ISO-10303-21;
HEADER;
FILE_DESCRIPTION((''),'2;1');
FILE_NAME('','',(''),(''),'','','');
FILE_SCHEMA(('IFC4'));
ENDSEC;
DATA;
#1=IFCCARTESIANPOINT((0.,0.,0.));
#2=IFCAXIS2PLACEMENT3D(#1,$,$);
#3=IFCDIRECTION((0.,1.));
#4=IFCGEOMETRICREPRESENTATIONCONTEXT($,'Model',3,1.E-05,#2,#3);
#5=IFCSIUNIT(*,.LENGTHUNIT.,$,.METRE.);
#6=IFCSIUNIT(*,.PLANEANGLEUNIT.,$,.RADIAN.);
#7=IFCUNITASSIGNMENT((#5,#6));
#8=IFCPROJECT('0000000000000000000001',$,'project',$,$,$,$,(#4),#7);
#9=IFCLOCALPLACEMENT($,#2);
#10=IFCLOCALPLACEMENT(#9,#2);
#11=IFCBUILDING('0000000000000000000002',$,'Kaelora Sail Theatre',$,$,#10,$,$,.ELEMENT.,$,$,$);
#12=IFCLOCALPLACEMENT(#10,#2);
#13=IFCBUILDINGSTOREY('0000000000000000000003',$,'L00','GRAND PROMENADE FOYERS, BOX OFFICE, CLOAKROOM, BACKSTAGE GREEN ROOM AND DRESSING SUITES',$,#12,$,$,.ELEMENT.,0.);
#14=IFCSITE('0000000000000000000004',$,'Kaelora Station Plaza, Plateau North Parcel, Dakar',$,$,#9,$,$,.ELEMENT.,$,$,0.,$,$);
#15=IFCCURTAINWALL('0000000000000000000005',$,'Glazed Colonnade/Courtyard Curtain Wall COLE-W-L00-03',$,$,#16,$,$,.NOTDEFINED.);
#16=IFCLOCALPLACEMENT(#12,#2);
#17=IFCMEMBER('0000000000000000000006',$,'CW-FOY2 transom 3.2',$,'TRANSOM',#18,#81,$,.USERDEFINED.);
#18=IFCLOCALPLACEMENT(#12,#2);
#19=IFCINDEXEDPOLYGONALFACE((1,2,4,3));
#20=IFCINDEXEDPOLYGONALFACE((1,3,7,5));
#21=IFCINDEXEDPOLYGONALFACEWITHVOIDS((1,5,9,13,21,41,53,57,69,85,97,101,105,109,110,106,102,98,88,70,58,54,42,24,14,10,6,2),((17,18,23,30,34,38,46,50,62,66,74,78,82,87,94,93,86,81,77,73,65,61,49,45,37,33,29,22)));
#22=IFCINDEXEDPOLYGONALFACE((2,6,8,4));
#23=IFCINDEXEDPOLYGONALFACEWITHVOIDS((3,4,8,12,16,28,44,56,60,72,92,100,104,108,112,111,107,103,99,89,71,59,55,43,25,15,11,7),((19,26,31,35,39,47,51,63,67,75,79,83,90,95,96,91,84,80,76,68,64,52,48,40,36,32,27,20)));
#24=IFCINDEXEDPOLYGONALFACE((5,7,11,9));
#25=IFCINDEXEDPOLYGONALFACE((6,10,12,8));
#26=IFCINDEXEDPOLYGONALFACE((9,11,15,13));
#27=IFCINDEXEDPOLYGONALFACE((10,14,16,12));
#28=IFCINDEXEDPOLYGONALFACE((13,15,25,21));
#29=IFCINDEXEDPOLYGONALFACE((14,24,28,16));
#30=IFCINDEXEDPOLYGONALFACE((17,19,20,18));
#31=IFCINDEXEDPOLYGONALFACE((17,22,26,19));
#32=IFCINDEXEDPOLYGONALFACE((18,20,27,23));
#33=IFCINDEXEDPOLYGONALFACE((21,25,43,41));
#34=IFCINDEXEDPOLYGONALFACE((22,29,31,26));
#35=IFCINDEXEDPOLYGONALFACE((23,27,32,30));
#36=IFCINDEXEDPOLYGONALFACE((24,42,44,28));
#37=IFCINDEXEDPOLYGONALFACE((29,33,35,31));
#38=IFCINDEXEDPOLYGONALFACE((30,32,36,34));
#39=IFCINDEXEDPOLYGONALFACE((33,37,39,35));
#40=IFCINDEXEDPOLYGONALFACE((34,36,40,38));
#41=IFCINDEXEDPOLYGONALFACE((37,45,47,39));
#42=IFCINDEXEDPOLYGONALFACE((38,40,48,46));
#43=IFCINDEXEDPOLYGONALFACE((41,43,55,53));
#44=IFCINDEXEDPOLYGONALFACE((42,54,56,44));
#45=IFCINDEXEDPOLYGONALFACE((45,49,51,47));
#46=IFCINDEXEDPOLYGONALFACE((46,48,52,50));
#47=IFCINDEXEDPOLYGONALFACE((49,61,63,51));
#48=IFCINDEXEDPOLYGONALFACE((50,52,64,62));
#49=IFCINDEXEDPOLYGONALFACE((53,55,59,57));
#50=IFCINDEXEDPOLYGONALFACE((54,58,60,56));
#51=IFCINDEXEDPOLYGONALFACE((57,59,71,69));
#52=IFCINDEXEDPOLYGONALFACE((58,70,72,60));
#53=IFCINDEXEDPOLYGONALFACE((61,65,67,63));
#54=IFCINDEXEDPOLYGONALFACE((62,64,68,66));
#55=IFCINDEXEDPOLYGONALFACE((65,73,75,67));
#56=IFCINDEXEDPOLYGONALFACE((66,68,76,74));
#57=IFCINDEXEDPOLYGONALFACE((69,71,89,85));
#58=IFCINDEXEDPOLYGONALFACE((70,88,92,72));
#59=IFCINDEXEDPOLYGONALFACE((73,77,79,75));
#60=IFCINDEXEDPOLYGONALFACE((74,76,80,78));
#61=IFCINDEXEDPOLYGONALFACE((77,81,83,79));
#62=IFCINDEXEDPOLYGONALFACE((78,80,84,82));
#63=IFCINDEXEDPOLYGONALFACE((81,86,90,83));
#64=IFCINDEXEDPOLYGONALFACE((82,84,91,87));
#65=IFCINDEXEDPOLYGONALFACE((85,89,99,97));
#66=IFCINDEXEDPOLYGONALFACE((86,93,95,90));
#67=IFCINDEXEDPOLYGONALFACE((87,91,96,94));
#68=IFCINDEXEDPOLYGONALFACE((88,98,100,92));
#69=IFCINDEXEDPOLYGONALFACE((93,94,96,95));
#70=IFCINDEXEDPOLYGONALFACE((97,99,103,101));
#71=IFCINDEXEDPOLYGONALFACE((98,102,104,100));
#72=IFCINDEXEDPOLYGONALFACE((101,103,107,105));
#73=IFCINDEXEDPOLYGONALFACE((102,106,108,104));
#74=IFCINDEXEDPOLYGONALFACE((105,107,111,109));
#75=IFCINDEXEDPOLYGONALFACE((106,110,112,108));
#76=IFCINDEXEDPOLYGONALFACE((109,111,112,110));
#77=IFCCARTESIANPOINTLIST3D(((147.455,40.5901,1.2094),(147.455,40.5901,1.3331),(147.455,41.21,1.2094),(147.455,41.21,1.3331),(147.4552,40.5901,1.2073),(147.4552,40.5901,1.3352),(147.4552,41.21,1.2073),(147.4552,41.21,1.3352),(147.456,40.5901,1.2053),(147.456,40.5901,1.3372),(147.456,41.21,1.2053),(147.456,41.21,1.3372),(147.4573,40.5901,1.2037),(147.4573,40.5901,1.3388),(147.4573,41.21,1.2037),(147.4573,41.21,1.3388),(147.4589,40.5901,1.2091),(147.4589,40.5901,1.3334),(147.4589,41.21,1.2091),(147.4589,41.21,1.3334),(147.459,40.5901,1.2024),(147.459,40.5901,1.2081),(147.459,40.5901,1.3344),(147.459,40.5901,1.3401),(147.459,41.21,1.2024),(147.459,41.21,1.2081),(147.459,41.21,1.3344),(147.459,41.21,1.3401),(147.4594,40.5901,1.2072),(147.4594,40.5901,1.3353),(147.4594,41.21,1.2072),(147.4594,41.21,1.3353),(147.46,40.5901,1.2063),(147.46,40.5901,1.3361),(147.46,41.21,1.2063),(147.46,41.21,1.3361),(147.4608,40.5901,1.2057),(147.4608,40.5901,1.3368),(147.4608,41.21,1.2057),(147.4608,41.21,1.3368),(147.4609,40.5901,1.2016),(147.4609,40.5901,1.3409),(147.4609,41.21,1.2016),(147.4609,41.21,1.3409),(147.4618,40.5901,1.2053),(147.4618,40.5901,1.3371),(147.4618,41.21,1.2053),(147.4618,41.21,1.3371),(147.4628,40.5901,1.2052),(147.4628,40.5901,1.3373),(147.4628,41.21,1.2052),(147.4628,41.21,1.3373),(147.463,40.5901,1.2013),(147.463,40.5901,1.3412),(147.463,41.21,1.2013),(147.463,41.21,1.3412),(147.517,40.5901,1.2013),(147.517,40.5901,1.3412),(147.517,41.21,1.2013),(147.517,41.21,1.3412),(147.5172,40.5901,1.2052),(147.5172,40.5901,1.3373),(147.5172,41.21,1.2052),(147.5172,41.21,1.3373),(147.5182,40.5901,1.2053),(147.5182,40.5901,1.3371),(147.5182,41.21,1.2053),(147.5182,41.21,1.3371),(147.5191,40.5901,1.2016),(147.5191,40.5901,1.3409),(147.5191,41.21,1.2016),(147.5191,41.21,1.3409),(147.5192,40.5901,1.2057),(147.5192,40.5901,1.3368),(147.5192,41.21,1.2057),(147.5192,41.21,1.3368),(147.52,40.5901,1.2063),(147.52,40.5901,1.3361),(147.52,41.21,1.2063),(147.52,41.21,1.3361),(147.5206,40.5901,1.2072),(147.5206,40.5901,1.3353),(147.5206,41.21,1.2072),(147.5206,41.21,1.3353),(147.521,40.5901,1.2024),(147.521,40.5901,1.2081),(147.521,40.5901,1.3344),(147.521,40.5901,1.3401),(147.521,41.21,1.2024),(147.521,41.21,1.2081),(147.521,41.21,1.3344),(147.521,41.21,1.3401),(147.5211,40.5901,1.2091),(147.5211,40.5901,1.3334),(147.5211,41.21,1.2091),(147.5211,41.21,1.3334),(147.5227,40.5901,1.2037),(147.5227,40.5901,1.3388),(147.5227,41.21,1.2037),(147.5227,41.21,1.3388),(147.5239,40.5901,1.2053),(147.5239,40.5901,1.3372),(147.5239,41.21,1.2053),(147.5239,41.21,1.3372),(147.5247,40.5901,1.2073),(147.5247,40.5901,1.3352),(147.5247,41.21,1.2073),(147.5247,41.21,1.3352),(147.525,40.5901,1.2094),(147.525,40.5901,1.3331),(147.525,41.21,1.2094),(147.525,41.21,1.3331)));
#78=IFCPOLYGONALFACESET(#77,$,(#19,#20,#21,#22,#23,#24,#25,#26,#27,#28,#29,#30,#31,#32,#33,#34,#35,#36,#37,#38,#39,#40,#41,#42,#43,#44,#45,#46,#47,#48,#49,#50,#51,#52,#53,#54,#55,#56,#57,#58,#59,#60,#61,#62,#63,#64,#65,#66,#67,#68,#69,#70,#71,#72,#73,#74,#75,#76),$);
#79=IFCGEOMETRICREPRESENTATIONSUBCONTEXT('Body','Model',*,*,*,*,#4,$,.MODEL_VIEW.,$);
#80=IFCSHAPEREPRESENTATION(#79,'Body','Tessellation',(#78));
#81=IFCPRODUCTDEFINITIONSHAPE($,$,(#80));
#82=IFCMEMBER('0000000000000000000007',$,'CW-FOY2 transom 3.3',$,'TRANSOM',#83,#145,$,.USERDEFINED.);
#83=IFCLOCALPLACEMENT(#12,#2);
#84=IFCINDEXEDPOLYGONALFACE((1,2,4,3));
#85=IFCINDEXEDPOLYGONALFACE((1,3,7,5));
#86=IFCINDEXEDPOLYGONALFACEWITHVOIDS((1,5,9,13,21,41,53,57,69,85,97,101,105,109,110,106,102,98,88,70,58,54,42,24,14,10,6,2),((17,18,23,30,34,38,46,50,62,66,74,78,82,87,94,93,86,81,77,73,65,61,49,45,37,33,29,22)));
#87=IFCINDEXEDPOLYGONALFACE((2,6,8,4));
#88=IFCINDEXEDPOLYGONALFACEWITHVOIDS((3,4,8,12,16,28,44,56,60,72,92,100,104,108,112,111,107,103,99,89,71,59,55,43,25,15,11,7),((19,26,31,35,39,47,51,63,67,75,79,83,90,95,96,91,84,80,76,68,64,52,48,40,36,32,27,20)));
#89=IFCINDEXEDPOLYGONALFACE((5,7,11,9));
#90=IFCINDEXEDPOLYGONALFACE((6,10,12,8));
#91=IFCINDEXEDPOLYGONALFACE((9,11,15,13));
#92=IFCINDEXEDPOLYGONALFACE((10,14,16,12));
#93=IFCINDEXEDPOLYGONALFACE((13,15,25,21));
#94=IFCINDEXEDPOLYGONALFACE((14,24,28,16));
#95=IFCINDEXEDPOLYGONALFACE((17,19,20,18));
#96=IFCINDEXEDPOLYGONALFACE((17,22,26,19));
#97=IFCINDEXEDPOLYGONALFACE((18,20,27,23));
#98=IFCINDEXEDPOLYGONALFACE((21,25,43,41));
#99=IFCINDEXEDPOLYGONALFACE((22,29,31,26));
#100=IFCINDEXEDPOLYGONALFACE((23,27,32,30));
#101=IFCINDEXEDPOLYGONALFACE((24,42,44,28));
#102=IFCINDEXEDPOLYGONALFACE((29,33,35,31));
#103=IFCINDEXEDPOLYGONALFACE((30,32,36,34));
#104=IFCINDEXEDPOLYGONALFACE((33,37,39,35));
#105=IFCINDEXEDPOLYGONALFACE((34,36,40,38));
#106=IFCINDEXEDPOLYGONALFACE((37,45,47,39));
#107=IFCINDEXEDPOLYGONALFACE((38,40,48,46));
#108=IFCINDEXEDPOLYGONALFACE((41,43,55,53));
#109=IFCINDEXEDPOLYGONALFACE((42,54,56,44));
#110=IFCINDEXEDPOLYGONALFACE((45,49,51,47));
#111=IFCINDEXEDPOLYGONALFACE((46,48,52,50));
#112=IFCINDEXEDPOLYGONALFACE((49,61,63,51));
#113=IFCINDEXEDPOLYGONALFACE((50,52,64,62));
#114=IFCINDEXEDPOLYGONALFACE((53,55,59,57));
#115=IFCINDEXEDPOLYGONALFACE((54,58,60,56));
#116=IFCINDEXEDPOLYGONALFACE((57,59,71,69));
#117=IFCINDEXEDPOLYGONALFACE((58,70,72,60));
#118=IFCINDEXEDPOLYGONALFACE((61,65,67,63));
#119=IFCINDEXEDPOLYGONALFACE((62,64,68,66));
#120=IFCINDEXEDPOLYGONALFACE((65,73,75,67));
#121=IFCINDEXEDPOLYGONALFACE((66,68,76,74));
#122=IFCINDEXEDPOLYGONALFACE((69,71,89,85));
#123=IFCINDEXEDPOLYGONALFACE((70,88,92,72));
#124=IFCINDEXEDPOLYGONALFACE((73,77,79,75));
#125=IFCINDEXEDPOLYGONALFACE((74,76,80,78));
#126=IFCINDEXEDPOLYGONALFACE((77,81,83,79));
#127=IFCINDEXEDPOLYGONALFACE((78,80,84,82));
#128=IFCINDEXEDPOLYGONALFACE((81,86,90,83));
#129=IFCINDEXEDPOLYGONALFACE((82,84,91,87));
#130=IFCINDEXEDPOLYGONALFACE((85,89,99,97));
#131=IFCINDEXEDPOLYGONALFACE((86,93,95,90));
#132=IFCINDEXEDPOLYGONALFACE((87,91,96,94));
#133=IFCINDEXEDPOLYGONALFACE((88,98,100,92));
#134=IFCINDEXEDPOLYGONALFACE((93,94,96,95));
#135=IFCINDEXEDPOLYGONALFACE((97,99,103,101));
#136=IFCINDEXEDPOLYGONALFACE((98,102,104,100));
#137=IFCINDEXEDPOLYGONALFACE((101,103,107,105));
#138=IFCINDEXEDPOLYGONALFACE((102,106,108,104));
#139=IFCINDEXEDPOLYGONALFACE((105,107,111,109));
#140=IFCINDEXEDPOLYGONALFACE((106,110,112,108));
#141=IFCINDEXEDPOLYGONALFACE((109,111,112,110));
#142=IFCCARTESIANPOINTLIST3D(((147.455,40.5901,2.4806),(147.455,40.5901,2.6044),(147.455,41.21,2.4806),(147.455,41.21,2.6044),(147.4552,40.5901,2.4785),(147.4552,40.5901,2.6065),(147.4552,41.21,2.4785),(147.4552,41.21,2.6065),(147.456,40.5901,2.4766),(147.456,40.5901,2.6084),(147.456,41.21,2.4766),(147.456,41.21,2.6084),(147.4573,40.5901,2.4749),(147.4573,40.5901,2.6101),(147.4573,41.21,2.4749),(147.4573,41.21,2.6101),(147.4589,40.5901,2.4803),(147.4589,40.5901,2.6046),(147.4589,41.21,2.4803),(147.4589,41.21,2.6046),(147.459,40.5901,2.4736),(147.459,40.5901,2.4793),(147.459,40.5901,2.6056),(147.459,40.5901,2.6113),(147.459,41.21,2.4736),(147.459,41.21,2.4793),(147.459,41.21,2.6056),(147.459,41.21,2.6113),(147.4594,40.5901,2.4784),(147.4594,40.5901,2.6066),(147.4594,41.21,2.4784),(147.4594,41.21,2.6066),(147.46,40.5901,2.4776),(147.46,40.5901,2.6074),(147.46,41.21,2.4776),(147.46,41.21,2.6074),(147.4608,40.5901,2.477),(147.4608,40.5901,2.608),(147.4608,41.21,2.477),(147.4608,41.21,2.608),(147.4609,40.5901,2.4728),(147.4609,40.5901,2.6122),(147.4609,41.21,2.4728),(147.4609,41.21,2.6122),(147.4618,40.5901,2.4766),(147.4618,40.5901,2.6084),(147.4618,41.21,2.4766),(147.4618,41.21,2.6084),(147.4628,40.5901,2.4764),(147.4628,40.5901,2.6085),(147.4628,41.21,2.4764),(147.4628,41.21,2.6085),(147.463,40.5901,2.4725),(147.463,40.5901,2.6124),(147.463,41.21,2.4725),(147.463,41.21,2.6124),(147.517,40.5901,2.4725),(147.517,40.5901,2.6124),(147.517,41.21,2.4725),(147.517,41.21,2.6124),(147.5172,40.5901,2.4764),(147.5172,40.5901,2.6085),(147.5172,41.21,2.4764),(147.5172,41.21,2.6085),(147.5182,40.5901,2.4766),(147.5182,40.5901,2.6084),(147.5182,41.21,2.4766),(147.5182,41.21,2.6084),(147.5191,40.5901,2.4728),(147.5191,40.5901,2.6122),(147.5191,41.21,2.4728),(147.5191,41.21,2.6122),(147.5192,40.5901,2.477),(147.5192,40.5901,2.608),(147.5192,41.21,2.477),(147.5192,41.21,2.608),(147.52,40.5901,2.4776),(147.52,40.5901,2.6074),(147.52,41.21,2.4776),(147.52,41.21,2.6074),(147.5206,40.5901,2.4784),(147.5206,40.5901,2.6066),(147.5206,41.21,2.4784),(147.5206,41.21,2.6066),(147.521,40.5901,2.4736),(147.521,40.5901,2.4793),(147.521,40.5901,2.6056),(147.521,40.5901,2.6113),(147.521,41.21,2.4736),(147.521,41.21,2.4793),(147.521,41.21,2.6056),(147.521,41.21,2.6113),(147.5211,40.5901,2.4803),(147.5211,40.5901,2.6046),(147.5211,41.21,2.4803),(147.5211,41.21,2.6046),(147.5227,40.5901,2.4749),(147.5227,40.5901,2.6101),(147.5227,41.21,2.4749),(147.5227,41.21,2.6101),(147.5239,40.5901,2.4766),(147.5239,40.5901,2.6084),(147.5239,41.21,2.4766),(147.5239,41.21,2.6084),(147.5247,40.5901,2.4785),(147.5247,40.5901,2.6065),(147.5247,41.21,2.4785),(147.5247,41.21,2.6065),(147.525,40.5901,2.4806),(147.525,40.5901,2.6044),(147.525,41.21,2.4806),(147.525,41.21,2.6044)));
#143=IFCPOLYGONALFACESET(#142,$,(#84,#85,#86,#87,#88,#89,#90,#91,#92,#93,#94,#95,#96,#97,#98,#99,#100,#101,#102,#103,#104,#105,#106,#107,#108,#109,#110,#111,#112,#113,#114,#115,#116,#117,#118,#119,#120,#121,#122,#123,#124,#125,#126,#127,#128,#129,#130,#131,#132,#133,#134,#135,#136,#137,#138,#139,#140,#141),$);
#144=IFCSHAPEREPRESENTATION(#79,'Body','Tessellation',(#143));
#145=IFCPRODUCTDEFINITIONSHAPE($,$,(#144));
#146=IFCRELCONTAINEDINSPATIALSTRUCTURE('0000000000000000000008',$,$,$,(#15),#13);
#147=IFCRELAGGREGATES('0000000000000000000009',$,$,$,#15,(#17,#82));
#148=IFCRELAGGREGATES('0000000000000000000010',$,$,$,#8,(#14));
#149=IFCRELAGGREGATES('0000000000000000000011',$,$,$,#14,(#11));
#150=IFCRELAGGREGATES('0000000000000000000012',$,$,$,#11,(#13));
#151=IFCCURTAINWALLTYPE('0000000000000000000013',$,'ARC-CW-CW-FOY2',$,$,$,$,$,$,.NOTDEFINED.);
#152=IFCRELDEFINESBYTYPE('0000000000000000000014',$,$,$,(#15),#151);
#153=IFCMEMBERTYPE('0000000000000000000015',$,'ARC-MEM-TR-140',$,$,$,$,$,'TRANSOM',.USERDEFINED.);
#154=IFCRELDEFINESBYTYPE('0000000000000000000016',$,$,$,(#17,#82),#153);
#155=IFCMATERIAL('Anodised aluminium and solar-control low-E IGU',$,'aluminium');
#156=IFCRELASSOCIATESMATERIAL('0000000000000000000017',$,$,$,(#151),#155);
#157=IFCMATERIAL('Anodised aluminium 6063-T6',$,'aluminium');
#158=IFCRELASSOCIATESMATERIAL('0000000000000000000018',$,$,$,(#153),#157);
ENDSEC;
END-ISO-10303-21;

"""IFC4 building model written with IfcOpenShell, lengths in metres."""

from ifc_helpers import new_model, si_unit, direction, frame, origin, origin_2d, place, context, subcontext, project, spatial, hollow_rectangle, extrude, material, material_profile, profile_set, type_object, element, aggregate, save


model = new_model("IFC4")

# Units and contexts
model_context = context("Model", 3, precision=1e-05, world=origin(), true_north=direction((0.0, 1.0)))
body_context = subcontext(model_context, "Body", "Model", "MODEL_VIEW")
ifc_project = project(units=[si_unit("LENGTHUNIT", "METRE"), si_unit("PLANEANGLEUNIT", "RADIAN")], contexts=[model_context])

# Site, building, storey
site_placement = place(None, origin())
site = spatial("IfcSite", under=ifc_project, at=site_placement, Name="Kaelora Station Plaza, Plateau North Parcel, Dakar", CompositionType="ELEMENT", RefElevation=0.0)
building_placement = place(site_placement, origin())
building = spatial("IfcBuilding", under=site, at=building_placement, Name="Kaelora Sail Theatre", CompositionType="ELEMENT")
storey_placement = place(building_placement, origin())
storey = spatial("IfcBuildingStorey", under=building, at=storey_placement, Name="L00", Description="GRAND PROMENADE FOYERS, BOX OFFICE, CLOAKROOM, BACKSTAGE GREEN ROOM AND DRESSING SUITES", CompositionType="ELEMENT", Elevation=0.0)

# Curtain wall
ifc_material_1 = material(Name="Anodised aluminium and solar-control low-E IGU", Category="aluminium")
curtain_wall_type = type_object("IfcCurtainWallType", Name="ARC-CW-CW-FOY2", PredefinedType="NOTDEFINED", material=ifc_material_1)
curtain_wall_placement = place(storey_placement, origin())
curtain_wall = element("IfcCurtainWall", 1, at=curtain_wall_placement, inside=storey, type_object=curtain_wall_type, Name="Glazed Colonnade/Courtyard Curtain Wall COLE-W-L00-03", PredefinedType="NOTDEFINED")

# Members
ifc_material_2 = material(Name="Anodised aluminium 6063-T6", Category="aluminium")
ifc_material_profile_1 = material_profile(ifc_material_2, hollow_rectangle(XDim=0.0701, YDim=0.1399, WallThickness=0.0039, InnerFilletRadius=0.0039, OuterFilletRadius=0.0081, at=origin_2d()), Name="ALU-TRAN 70x140x4")
ifc_profile_set_1 = profile_set([ifc_material_profile_1], Name="Anodised aluminium 6063-T6")
member_type_1 = type_object("IfcMemberType", Name="ARC-MEM-TR-140", ElementType="TRANSOM", PredefinedType="USERDEFINED", material=ifc_profile_set_1)
member_1_placement = place(storey_placement, frame((147.49, 40.5901, 1.2712), z_axis=(0.0, 1.0, 0.0), x_axis=(-1.0, 0.0, 0.0)))
member_1 = element("IfcMember", 2, at=member_1_placement, type_object=member_type_1, Name="CW-FOY2 transom 3.2", ObjectType="TRANSOM", PredefinedType="USERDEFINED", context=body_context, shape_type="SweptSolid", body=[
    extrude(hollow_rectangle(XDim=0.0701, YDim=0.1399, WallThickness=0.0039, InnerFilletRadius=0.0039, OuterFilletRadius=0.0081, at=origin_2d()), origin(), (0.0, 0.0, 1.0), 0.6199),
])
member_2_placement = place(storey_placement, frame((147.49, 40.5901, 2.5425), z_axis=(0.0, 1.0, 0.0), x_axis=(-1.0, 0.0, 0.0)))
member_2 = element("IfcMember", 3, at=member_2_placement, type_object=member_type_1, Name="CW-FOY2 transom 3.3", ObjectType="TRANSOM", PredefinedType="USERDEFINED", context=body_context, shape_type="SweptSolid", body=[
    extrude(hollow_rectangle(XDim=0.0701, YDim=0.1399, WallThickness=0.0039, InnerFilletRadius=0.0039, OuterFilletRadius=0.0081, at=origin_2d()), origin(), (0.0, 0.0, 1.0), 0.6199),
])

aggregate(curtain_wall, [member_1, member_2])

save(model, "model.ifc")
